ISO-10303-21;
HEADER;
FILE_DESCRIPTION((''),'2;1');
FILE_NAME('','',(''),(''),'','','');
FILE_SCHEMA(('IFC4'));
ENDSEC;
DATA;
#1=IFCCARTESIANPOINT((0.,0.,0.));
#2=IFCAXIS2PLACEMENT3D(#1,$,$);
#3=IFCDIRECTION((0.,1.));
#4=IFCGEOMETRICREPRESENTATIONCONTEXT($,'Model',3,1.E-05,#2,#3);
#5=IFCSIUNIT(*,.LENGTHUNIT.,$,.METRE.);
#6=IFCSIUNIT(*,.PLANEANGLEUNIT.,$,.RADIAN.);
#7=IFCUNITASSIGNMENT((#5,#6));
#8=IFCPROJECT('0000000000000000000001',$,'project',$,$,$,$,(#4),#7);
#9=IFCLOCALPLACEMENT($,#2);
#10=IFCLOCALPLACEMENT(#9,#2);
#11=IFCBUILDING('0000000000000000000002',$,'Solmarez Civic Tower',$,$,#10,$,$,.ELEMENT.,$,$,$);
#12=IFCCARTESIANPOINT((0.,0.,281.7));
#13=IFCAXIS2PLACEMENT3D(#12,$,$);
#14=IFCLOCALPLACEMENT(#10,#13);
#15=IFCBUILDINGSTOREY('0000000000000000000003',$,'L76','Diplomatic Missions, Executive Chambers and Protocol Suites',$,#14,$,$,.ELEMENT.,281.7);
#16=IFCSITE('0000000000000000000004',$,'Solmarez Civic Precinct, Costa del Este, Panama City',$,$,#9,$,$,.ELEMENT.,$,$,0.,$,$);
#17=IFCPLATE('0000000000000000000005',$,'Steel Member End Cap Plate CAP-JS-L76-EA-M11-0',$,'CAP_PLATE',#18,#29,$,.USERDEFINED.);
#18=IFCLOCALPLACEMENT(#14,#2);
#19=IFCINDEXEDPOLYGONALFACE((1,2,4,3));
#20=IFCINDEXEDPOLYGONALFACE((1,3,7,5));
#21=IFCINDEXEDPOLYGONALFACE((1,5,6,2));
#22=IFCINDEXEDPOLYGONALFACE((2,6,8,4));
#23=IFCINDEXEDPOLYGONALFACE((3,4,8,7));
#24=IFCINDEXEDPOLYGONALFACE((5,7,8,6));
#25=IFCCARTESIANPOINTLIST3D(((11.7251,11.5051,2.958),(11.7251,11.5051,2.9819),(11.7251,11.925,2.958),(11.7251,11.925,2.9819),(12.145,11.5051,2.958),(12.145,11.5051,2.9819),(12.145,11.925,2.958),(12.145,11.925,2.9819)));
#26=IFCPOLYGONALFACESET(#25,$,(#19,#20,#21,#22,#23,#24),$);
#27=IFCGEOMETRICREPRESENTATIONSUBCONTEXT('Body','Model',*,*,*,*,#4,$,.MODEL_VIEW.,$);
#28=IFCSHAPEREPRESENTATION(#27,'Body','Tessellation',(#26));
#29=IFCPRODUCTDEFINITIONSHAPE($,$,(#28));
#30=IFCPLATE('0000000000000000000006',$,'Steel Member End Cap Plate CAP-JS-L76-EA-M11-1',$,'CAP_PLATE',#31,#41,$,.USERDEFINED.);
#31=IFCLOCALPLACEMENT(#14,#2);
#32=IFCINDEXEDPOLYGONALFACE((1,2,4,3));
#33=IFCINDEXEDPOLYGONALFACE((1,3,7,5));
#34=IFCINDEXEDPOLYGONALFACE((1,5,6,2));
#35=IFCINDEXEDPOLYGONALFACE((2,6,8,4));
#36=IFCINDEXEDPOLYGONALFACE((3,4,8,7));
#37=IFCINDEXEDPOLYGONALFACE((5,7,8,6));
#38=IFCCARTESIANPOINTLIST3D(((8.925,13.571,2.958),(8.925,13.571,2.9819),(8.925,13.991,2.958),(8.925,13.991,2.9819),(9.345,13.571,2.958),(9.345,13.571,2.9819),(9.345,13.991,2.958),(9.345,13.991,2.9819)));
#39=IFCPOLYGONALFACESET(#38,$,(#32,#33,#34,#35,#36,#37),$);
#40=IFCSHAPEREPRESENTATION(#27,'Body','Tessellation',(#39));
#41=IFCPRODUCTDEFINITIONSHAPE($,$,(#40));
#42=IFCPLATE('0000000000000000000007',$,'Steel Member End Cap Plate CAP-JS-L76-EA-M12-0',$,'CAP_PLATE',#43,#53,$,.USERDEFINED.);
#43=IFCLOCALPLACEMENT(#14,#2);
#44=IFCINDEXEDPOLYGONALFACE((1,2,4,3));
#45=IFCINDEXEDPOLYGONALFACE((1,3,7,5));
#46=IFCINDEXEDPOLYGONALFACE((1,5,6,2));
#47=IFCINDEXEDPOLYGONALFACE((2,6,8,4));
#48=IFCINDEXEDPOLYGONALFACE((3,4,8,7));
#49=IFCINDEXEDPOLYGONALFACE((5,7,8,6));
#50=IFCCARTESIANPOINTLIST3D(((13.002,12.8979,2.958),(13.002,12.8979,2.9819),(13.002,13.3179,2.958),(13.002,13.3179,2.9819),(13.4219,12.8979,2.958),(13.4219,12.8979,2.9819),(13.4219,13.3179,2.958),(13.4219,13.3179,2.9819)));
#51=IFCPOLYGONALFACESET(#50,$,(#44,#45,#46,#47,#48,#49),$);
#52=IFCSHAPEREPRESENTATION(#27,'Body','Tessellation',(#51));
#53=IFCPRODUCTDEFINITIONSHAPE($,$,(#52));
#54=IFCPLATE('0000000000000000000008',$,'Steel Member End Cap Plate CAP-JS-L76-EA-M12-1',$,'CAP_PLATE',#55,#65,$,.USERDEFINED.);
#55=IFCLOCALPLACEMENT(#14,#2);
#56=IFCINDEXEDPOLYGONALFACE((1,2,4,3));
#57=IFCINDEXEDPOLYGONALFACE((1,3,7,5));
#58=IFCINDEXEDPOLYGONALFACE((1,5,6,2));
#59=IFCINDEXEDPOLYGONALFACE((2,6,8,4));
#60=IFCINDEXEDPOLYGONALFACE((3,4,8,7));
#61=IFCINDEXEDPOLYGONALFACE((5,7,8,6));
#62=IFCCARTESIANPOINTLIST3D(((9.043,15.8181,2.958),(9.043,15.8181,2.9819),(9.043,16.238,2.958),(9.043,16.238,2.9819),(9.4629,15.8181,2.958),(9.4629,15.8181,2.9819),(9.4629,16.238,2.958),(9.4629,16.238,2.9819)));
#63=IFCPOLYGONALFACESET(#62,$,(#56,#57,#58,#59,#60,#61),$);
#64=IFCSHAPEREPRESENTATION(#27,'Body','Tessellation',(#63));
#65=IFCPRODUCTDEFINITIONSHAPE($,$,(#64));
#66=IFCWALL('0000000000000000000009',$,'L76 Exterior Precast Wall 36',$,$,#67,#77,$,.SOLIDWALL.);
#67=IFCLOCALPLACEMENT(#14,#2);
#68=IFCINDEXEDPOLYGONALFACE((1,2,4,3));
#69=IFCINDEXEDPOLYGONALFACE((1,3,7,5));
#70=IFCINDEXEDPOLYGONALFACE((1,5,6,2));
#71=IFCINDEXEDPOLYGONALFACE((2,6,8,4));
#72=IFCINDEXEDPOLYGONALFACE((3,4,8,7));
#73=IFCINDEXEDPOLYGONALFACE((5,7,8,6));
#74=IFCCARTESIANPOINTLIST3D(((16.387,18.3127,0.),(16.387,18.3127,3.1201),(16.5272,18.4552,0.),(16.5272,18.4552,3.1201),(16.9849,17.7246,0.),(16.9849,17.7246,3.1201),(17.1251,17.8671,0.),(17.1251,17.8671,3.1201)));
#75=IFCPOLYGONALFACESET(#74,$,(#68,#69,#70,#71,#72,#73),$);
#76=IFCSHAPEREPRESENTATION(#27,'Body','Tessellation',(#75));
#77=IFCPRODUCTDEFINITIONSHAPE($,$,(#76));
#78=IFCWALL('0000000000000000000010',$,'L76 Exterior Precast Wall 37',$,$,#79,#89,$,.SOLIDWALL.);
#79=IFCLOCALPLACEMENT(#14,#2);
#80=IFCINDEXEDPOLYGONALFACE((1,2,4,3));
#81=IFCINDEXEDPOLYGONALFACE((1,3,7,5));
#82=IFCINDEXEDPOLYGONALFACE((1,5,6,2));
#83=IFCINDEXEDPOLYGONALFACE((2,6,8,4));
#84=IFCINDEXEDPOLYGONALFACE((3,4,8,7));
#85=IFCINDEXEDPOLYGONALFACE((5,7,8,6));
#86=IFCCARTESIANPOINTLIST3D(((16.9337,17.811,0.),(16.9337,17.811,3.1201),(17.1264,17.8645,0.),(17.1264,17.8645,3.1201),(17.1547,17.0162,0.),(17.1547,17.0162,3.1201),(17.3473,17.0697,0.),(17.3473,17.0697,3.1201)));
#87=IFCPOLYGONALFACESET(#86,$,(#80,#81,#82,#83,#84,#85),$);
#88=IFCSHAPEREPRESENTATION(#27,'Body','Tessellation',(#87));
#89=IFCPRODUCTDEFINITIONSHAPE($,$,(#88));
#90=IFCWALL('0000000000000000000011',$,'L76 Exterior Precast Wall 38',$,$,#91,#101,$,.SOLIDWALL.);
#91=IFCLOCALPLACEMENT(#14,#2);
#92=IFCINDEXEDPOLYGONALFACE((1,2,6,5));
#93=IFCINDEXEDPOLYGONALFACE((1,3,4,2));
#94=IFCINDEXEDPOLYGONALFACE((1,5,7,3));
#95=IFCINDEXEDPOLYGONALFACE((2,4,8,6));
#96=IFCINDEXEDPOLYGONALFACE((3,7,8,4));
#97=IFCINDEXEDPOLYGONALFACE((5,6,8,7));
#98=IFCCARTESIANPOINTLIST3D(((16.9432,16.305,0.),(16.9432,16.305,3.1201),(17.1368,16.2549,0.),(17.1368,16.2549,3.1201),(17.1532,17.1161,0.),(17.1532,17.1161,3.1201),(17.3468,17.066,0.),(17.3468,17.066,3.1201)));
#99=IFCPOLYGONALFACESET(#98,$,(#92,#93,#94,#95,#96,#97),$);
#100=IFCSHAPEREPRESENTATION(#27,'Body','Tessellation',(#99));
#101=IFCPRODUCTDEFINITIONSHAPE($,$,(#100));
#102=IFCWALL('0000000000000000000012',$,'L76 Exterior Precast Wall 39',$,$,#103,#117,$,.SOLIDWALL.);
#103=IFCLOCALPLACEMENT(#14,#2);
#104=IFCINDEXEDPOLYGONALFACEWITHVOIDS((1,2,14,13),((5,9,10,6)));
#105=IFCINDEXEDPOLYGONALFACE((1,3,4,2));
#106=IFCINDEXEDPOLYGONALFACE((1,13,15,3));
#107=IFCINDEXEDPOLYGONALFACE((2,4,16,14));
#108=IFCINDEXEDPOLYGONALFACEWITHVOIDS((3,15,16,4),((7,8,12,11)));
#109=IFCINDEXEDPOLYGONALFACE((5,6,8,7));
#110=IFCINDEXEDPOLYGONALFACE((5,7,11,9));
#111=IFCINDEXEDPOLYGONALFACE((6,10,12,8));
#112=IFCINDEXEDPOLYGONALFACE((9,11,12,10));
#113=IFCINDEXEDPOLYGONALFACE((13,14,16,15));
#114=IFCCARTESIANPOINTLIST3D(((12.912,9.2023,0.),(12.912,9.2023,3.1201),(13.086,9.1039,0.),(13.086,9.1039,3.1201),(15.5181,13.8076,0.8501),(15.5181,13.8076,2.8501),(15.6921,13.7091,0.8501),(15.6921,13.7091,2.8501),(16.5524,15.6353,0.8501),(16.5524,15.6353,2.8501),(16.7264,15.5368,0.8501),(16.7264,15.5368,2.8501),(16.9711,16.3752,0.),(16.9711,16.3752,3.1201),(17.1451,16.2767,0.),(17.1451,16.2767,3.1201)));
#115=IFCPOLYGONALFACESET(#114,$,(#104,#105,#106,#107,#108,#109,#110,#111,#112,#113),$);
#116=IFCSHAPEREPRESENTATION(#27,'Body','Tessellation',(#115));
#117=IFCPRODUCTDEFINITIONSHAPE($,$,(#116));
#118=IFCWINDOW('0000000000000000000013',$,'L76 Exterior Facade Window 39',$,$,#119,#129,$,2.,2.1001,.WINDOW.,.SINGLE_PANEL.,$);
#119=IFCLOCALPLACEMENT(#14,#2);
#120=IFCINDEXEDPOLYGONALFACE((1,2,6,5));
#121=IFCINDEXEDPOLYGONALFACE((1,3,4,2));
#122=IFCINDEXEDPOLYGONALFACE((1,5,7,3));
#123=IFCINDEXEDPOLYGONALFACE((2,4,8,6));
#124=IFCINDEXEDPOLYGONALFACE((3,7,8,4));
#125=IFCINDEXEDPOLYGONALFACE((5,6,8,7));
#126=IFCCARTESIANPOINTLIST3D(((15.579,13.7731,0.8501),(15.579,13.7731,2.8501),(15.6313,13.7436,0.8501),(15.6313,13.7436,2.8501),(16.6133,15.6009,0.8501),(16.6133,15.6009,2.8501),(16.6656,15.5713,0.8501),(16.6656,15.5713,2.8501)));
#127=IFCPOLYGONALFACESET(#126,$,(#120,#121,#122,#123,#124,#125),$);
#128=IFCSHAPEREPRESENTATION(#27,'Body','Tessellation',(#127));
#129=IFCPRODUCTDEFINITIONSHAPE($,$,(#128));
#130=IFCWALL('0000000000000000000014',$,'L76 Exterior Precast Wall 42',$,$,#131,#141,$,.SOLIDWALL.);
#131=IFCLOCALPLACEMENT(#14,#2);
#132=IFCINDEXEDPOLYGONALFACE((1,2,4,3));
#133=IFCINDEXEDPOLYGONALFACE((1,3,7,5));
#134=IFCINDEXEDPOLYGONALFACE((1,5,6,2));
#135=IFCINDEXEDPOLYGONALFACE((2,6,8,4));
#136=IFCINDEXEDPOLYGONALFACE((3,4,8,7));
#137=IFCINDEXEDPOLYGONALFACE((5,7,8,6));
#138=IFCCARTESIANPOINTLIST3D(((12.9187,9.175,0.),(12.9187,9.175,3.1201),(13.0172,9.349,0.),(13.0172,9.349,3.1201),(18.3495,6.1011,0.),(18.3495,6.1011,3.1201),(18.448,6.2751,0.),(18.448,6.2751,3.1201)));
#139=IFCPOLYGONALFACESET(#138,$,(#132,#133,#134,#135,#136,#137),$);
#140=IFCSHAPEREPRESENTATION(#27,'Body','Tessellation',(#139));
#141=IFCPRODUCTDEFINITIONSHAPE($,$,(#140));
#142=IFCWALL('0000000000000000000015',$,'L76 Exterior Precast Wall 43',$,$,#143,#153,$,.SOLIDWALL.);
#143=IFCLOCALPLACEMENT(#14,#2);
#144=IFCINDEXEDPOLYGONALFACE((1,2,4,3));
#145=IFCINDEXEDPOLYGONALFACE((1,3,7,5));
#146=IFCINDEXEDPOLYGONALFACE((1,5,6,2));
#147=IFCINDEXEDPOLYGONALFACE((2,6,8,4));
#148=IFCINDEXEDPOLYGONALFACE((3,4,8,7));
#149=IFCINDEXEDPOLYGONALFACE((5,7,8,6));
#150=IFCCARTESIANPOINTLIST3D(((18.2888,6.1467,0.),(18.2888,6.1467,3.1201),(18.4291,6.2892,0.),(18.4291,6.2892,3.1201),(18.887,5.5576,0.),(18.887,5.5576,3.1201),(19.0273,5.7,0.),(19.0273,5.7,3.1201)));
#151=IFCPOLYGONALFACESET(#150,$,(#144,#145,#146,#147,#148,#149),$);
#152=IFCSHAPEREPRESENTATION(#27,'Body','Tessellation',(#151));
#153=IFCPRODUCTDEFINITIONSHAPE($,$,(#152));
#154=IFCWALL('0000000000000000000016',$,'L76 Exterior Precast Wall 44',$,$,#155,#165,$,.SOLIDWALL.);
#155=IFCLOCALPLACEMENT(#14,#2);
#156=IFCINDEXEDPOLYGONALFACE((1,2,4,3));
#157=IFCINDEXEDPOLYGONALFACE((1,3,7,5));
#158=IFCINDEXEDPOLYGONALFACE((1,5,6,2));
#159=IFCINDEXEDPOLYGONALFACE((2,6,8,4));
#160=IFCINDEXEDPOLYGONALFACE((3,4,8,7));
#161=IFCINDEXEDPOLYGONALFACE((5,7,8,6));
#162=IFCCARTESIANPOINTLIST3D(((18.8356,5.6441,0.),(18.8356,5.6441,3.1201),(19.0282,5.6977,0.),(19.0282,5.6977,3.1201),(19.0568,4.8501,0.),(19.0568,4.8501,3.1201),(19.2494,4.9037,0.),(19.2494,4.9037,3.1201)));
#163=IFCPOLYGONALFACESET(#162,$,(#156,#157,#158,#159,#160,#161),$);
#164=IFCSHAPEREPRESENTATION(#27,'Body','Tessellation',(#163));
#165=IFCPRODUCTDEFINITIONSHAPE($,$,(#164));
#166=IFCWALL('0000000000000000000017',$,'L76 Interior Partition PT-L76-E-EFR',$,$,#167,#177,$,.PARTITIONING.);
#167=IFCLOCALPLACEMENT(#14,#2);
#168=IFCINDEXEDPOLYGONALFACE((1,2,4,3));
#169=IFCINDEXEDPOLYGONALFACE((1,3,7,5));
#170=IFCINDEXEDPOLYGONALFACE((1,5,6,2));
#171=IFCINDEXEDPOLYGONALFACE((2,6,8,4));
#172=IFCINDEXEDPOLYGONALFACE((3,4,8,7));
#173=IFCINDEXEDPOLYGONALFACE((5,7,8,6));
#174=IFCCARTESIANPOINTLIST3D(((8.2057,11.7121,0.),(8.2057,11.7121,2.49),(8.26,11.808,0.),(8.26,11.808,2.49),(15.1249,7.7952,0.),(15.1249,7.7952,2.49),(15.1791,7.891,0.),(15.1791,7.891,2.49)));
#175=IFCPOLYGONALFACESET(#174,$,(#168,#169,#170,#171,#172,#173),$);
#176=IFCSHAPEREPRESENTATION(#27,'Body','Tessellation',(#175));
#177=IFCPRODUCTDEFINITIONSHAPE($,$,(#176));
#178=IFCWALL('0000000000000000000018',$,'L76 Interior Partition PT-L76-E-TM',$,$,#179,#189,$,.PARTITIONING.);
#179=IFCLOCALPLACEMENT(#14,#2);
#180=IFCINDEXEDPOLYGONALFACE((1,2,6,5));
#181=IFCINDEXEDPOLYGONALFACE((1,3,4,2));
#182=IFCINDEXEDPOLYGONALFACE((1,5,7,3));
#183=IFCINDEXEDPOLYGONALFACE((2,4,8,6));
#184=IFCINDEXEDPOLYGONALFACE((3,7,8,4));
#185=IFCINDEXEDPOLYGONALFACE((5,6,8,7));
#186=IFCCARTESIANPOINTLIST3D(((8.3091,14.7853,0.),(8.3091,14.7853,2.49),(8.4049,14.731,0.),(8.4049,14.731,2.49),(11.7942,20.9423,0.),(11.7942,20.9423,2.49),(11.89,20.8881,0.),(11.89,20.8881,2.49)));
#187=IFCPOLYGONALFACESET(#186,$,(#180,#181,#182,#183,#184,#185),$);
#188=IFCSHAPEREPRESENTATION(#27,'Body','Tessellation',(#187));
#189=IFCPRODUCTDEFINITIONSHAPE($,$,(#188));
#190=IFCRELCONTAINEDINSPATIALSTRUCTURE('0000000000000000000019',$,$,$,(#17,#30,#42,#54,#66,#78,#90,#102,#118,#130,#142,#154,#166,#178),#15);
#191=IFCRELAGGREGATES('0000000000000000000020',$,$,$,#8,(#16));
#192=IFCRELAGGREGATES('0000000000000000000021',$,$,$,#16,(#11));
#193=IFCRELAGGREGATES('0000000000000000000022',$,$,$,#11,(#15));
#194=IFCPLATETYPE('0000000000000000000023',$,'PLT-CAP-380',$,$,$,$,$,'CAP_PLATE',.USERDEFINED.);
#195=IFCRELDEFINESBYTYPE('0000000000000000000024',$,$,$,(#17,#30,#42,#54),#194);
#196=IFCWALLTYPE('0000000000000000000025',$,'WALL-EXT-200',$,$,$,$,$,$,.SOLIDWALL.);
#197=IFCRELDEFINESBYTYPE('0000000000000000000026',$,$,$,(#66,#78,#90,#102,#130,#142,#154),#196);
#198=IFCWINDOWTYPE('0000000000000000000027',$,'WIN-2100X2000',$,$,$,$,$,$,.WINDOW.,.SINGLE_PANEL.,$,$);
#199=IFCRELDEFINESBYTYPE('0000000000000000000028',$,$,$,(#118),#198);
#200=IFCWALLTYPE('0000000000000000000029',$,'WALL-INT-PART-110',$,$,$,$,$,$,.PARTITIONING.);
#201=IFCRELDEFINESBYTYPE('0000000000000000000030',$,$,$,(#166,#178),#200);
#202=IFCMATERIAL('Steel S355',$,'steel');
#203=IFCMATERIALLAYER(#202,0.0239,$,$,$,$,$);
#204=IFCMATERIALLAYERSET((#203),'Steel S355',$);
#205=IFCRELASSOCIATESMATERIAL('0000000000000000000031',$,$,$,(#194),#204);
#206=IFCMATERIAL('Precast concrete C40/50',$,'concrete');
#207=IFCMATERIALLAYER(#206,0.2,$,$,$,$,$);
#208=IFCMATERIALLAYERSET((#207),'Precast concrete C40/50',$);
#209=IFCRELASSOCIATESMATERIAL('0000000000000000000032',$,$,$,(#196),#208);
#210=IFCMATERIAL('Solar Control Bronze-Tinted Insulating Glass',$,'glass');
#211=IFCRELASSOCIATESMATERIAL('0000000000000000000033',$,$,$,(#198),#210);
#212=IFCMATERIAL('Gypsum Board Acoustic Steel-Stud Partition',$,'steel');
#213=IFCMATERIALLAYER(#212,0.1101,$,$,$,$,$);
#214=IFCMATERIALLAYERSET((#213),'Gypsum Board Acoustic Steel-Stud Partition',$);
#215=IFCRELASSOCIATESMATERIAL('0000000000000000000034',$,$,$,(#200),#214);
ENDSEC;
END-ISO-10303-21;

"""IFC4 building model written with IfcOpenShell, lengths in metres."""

from ifc_helpers import new_model, si_unit, direction, frame, frame_2d, origin, origin_2d, place, context, subcontext, project, spatial, rectangle, extrude, material, layer, layer_set, type_object, element, fill, save


model = new_model("IFC4")

# Units and contexts
model_context = context("Model", 3, precision=1e-05, world=origin(), true_north=direction((0.0, 1.0)))
body_context = subcontext(model_context, "Body", "Model", "MODEL_VIEW")
ifc_project = project(units=[si_unit("LENGTHUNIT", "METRE"), si_unit("PLANEANGLEUNIT", "RADIAN")], contexts=[model_context])

# Site, building, storey
site_placement = place(None, origin())
site = spatial("IfcSite", under=ifc_project, at=site_placement, Name="Solmarez Civic Precinct, Costa del Este, Panama City", CompositionType="ELEMENT", RefElevation=0.0)
building_placement = place(site_placement, origin())
building = spatial("IfcBuilding", under=site, at=building_placement, Name="Solmarez Civic Tower", CompositionType="ELEMENT")
storey_placement = place(building_placement, frame((0.0, 0.0, 281.7)))
storey = spatial("IfcBuildingStorey", under=building, at=storey_placement, Name="L76", Description="Diplomatic Missions, Executive Chambers and Protocol Suites", CompositionType="ELEMENT", Elevation=281.7)

# Shared definitions
ifc_material_1 = material(Name="Steel S355", Category="steel")

# Plates
ifc_layer_1 = layer(ifc_material_1, 0.0239)
ifc_layer_set_1 = layer_set([ifc_layer_1], Name="Steel S355")
plate_type = type_object("IfcPlateType", Name="PLT-CAP-380", ElementType="CAP_PLATE", PredefinedType="USERDEFINED", material=ifc_layer_set_1)
for number, where, z_axis, x_axis, name in (
    (1, (11.9351, 11.7151, 2.958), (0.0, 0.0, 1.0), (1.0, 0.0, 0.0), "Steel Member End Cap Plate CAP-JS-L76-EA-M11-0"),
    (2, (9.135, 13.781, 2.958), (0.0, 0.0, 1.0), (1.0, 0.0, 0.0), "Steel Member End Cap Plate CAP-JS-L76-EA-M11-1"),
    (3, (13.2119, 13.1079, 2.958), (0.0, 0.0, 1.0), (1.0, 0.0, 0.0), "Steel Member End Cap Plate CAP-JS-L76-EA-M12-0"),
    (4, (9.2529, 16.0281, 2.958), (0.0, 0.0, 1.0), (1.0, 0.0, 0.0), "Steel Member End Cap Plate CAP-JS-L76-EA-M12-1"),
):
    element("IfcPlate", number, at=place(storey_placement, frame(where, z_axis=z_axis, x_axis=x_axis)), inside=storey, type_object=plate_type, Name=name, ObjectType="CAP_PLATE", PredefinedType="USERDEFINED", context=body_context, shape_type="SweptSolid", body=[
        extrude(rectangle(XDim=0.4199, YDim=0.4199, at=origin_2d()), origin(), (0.0, 0.0, 1.0), 0.0239),
    ])

# Walls
ifc_material_2 = material(Name="Precast concrete C40/50", Category="concrete")
ifc_layer_2 = layer(ifc_material_2, 0.2)
ifc_layer_set_2 = layer_set([ifc_layer_2], Name="Precast concrete C40/50")
wall_type_1 = type_object("IfcWallType", Name="WALL-EXT-200", PredefinedType="SOLIDWALL", material=ifc_layer_set_2)
wall_1_placement = place(storey_placement, frame((16.457, 18.384, 0.0), z_axis=(0.0, 0.0, 1.0), x_axis=(0.712905, -0.701261, 0.0)))
element("IfcWall", 5, at=wall_1_placement, inside=storey, type_object=wall_type_1, Name="L76 Exterior Precast Wall 36", PredefinedType="SOLIDWALL", context=body_context, shape_type="SweptSolid", body=[
    extrude(rectangle(XDim=0.8386, YDim=0.2, at=frame_2d((0.4194, 0.0))), origin(), (0.0, 0.0, 1.0), 3.1201),
])
wall_2_placement = place(storey_placement, frame((17.03, 17.8379, 0.0), z_axis=(0.0, 0.0, 1.0), x_axis=(0.267796, -0.963476, 0.0)))
element("IfcWall", 6, at=wall_2_placement, inside=storey, type_object=wall_type_1, Name="L76 Exterior Precast Wall 37", PredefinedType="SOLIDWALL", context=body_context, shape_type="SweptSolid", body=[
    extrude(rectangle(XDim=0.825, YDim=0.2, at=frame_2d((0.4126, 0.0))), origin(), (0.0, 0.0, 1.0), 3.1201),
])
wall_3_placement = place(storey_placement, frame((17.25, 17.0911, 0.0), z_axis=(0.0, 0.0, 1.0), x_axis=(-0.250618, -0.968086, 0.0)))
element("IfcWall", 7, at=wall_3_placement, inside=storey, type_object=wall_type_1, Name="L76 Exterior Precast Wall 38", PredefinedType="SOLIDWALL", context=body_context, shape_type="SweptSolid", body=[
    extrude(rectangle(XDim=0.8379, YDim=0.2, at=frame_2d((0.4189, 0.0))), origin(), (0.0, 0.0, 1.0), 3.1201),
])

# Wall, opening, window
wall_4_placement = place(storey_placement, frame((17.0581, 16.3259, 0.0), z_axis=(0.0, 0.0, 1.0), x_axis=(-0.492504, -0.87031, 0.0)))
wall_4 = element("IfcWall", 8, at=wall_4_placement, inside=storey, type_object=wall_type_1, Name="L76 Exterior Precast Wall 39", PredefinedType="SOLIDWALL", context=body_context, shape_type="SweptSolid", body=[
    extrude(rectangle(XDim=8.2417, YDim=0.2, at=frame_2d((4.1208, 0.0))), origin(), (0.0, 0.0, 1.0), 3.1201),
])
opening_1_placement = place(wall_4_placement, frame((0.8501, 0.0, 0.8501)))
opening_1 = element("IfcOpeningElement", 9, at=opening_1_placement, cuts=wall_4, PredefinedType="OPENING", context=body_context, shape_type="SweptSolid", body=[
    extrude(rectangle(XDim=2.1001, YDim=2.0, at=frame_2d((1.05, 1.0))), frame((0.0, 0.1099, 0.0), z_axis=(0.0, -1.0, 0.0), x_axis=(1.0, 0.0, 0.0)), (0.0, 0.0, 1.0), 0.22),
])
ifc_material_3 = material(Name="Solar Control Bronze-Tinted Insulating Glass", Category="glass")
window_type = type_object("IfcWindowType", Name="WIN-2100X2000", PartitioningType="SINGLE_PANEL", PredefinedType="WINDOW", material=ifc_material_3)
window_placement = place(opening_1_placement, origin())
window = element("IfcWindow", 10, at=window_placement, inside=storey, type_object=window_type, Name="L76 Exterior Facade Window 39", OverallHeight=2.0, OverallWidth=2.1001, PartitioningType="SINGLE_PANEL", PredefinedType="WINDOW", context=body_context, shape_type="SweptSolid", body=[
    extrude(rectangle(XDim=2.1001, YDim=2.0, at=frame_2d((1.05, 1.0))), frame((0.0, 0.03, 0.0), z_axis=(0.0, -1.0, 0.0), x_axis=(1.0, 0.0, 0.0)), (0.0, 0.0, 1.0), 0.0601),
])
fill(opening_1, window)

# Walls
wall_5_placement = place(storey_placement, frame((12.968, 9.262, 0.0), z_axis=(0.0, 0.0, 1.0), x_axis=(0.870265, -0.492583, 0.0)))
element("IfcWall", 11, at=wall_5_placement, inside=storey, type_object=wall_type_1, Name="L76 Exterior Precast Wall 42", PredefinedType="SOLIDWALL", context=body_context, shape_type="SweptSolid", body=[
    extrude(rectangle(XDim=6.2405, YDim=0.2, at=frame_2d((3.1201, 0.0))), origin(), (0.0, 0.0, 1.0), 3.1201),
])
wall_6_placement = place(storey_placement, frame((18.3589, 6.218, 0.0), z_axis=(0.0, 0.0, 1.0), x_axis=(0.712466, -0.701706, 0.0)))
element("IfcWall", 12, at=wall_6_placement, inside=storey, type_object=wall_type_1, Name="L76 Exterior Precast Wall 43", PredefinedType="SOLIDWALL", context=body_context, shape_type="SweptSolid", body=[
    extrude(rectangle(XDim=0.8396, YDim=0.2, at=frame_2d((0.4199, 0.0))), origin(), (0.0, 0.0, 1.0), 3.1201),
])
wall_7_placement = place(storey_placement, frame((18.9319, 5.6709, 0.0), z_axis=(0.0, 0.0, 1.0), x_axis=(0.268377, -0.963314, 0.0)))
element("IfcWall", 13, at=wall_7_placement, inside=storey, type_object=wall_type_1, Name="L76 Exterior Precast Wall 44", PredefinedType="SOLIDWALL", context=body_context, shape_type="SweptSolid", body=[
    extrude(rectangle(XDim=0.8242, YDim=0.2, at=frame_2d((0.4121, 0.0))), origin(), (0.0, 0.0, 1.0), 3.1201),
])
ifc_material_4 = material(Name="Gypsum Board Acoustic Steel-Stud Partition", Category="steel")
ifc_layer_3 = layer(ifc_material_4, 0.1101)
ifc_layer_set_3 = layer_set([ifc_layer_3], Name="Gypsum Board Acoustic Steel-Stud Partition")
wall_type_2 = type_object("IfcWallType", Name="WALL-INT-PART-110", PredefinedType="PARTITIONING", material=ifc_layer_set_3)
wall_8_placement = place(storey_placement, frame((15.1521, 7.843, 0.0), z_axis=(0.0, 0.0, 1.0), x_axis=(-0.870232, 0.492643, 0.0)))
element("IfcWall", 14, at=wall_8_placement, inside=storey, type_object=wall_type_2, Name="L76 Interior Partition PT-L76-E-EFR", PredefinedType="PARTITIONING", context=body_context, shape_type="SweptSolid", body=[
    extrude(rectangle(XDim=7.9509, YDim=0.1101, at=frame_2d((3.9756, 0.0))), origin(), (0.0, 0.0, 1.0), 2.49),
])

# Wall
wall_9_placement = place(storey_placement, frame((8.3569, 14.7581, 0.0), z_axis=(0.0, 0.0, 1.0), x_axis=(0.492601, 0.870255, 0.0)))
element("IfcWall", 15, at=wall_9_placement, inside=storey, type_object=wall_type_2, Name="L76 Interior Partition PT-L76-E-TM", PredefinedType="PARTITIONING", context=body_context, shape_type="SweptSolid", body=[
    extrude(rectangle(XDim=7.075, YDim=0.1101, at=frame_2d((3.5376, 0.0))), origin(), (0.0, 0.0, 1.0), 2.49),
])

save(model, "model.ifc")
